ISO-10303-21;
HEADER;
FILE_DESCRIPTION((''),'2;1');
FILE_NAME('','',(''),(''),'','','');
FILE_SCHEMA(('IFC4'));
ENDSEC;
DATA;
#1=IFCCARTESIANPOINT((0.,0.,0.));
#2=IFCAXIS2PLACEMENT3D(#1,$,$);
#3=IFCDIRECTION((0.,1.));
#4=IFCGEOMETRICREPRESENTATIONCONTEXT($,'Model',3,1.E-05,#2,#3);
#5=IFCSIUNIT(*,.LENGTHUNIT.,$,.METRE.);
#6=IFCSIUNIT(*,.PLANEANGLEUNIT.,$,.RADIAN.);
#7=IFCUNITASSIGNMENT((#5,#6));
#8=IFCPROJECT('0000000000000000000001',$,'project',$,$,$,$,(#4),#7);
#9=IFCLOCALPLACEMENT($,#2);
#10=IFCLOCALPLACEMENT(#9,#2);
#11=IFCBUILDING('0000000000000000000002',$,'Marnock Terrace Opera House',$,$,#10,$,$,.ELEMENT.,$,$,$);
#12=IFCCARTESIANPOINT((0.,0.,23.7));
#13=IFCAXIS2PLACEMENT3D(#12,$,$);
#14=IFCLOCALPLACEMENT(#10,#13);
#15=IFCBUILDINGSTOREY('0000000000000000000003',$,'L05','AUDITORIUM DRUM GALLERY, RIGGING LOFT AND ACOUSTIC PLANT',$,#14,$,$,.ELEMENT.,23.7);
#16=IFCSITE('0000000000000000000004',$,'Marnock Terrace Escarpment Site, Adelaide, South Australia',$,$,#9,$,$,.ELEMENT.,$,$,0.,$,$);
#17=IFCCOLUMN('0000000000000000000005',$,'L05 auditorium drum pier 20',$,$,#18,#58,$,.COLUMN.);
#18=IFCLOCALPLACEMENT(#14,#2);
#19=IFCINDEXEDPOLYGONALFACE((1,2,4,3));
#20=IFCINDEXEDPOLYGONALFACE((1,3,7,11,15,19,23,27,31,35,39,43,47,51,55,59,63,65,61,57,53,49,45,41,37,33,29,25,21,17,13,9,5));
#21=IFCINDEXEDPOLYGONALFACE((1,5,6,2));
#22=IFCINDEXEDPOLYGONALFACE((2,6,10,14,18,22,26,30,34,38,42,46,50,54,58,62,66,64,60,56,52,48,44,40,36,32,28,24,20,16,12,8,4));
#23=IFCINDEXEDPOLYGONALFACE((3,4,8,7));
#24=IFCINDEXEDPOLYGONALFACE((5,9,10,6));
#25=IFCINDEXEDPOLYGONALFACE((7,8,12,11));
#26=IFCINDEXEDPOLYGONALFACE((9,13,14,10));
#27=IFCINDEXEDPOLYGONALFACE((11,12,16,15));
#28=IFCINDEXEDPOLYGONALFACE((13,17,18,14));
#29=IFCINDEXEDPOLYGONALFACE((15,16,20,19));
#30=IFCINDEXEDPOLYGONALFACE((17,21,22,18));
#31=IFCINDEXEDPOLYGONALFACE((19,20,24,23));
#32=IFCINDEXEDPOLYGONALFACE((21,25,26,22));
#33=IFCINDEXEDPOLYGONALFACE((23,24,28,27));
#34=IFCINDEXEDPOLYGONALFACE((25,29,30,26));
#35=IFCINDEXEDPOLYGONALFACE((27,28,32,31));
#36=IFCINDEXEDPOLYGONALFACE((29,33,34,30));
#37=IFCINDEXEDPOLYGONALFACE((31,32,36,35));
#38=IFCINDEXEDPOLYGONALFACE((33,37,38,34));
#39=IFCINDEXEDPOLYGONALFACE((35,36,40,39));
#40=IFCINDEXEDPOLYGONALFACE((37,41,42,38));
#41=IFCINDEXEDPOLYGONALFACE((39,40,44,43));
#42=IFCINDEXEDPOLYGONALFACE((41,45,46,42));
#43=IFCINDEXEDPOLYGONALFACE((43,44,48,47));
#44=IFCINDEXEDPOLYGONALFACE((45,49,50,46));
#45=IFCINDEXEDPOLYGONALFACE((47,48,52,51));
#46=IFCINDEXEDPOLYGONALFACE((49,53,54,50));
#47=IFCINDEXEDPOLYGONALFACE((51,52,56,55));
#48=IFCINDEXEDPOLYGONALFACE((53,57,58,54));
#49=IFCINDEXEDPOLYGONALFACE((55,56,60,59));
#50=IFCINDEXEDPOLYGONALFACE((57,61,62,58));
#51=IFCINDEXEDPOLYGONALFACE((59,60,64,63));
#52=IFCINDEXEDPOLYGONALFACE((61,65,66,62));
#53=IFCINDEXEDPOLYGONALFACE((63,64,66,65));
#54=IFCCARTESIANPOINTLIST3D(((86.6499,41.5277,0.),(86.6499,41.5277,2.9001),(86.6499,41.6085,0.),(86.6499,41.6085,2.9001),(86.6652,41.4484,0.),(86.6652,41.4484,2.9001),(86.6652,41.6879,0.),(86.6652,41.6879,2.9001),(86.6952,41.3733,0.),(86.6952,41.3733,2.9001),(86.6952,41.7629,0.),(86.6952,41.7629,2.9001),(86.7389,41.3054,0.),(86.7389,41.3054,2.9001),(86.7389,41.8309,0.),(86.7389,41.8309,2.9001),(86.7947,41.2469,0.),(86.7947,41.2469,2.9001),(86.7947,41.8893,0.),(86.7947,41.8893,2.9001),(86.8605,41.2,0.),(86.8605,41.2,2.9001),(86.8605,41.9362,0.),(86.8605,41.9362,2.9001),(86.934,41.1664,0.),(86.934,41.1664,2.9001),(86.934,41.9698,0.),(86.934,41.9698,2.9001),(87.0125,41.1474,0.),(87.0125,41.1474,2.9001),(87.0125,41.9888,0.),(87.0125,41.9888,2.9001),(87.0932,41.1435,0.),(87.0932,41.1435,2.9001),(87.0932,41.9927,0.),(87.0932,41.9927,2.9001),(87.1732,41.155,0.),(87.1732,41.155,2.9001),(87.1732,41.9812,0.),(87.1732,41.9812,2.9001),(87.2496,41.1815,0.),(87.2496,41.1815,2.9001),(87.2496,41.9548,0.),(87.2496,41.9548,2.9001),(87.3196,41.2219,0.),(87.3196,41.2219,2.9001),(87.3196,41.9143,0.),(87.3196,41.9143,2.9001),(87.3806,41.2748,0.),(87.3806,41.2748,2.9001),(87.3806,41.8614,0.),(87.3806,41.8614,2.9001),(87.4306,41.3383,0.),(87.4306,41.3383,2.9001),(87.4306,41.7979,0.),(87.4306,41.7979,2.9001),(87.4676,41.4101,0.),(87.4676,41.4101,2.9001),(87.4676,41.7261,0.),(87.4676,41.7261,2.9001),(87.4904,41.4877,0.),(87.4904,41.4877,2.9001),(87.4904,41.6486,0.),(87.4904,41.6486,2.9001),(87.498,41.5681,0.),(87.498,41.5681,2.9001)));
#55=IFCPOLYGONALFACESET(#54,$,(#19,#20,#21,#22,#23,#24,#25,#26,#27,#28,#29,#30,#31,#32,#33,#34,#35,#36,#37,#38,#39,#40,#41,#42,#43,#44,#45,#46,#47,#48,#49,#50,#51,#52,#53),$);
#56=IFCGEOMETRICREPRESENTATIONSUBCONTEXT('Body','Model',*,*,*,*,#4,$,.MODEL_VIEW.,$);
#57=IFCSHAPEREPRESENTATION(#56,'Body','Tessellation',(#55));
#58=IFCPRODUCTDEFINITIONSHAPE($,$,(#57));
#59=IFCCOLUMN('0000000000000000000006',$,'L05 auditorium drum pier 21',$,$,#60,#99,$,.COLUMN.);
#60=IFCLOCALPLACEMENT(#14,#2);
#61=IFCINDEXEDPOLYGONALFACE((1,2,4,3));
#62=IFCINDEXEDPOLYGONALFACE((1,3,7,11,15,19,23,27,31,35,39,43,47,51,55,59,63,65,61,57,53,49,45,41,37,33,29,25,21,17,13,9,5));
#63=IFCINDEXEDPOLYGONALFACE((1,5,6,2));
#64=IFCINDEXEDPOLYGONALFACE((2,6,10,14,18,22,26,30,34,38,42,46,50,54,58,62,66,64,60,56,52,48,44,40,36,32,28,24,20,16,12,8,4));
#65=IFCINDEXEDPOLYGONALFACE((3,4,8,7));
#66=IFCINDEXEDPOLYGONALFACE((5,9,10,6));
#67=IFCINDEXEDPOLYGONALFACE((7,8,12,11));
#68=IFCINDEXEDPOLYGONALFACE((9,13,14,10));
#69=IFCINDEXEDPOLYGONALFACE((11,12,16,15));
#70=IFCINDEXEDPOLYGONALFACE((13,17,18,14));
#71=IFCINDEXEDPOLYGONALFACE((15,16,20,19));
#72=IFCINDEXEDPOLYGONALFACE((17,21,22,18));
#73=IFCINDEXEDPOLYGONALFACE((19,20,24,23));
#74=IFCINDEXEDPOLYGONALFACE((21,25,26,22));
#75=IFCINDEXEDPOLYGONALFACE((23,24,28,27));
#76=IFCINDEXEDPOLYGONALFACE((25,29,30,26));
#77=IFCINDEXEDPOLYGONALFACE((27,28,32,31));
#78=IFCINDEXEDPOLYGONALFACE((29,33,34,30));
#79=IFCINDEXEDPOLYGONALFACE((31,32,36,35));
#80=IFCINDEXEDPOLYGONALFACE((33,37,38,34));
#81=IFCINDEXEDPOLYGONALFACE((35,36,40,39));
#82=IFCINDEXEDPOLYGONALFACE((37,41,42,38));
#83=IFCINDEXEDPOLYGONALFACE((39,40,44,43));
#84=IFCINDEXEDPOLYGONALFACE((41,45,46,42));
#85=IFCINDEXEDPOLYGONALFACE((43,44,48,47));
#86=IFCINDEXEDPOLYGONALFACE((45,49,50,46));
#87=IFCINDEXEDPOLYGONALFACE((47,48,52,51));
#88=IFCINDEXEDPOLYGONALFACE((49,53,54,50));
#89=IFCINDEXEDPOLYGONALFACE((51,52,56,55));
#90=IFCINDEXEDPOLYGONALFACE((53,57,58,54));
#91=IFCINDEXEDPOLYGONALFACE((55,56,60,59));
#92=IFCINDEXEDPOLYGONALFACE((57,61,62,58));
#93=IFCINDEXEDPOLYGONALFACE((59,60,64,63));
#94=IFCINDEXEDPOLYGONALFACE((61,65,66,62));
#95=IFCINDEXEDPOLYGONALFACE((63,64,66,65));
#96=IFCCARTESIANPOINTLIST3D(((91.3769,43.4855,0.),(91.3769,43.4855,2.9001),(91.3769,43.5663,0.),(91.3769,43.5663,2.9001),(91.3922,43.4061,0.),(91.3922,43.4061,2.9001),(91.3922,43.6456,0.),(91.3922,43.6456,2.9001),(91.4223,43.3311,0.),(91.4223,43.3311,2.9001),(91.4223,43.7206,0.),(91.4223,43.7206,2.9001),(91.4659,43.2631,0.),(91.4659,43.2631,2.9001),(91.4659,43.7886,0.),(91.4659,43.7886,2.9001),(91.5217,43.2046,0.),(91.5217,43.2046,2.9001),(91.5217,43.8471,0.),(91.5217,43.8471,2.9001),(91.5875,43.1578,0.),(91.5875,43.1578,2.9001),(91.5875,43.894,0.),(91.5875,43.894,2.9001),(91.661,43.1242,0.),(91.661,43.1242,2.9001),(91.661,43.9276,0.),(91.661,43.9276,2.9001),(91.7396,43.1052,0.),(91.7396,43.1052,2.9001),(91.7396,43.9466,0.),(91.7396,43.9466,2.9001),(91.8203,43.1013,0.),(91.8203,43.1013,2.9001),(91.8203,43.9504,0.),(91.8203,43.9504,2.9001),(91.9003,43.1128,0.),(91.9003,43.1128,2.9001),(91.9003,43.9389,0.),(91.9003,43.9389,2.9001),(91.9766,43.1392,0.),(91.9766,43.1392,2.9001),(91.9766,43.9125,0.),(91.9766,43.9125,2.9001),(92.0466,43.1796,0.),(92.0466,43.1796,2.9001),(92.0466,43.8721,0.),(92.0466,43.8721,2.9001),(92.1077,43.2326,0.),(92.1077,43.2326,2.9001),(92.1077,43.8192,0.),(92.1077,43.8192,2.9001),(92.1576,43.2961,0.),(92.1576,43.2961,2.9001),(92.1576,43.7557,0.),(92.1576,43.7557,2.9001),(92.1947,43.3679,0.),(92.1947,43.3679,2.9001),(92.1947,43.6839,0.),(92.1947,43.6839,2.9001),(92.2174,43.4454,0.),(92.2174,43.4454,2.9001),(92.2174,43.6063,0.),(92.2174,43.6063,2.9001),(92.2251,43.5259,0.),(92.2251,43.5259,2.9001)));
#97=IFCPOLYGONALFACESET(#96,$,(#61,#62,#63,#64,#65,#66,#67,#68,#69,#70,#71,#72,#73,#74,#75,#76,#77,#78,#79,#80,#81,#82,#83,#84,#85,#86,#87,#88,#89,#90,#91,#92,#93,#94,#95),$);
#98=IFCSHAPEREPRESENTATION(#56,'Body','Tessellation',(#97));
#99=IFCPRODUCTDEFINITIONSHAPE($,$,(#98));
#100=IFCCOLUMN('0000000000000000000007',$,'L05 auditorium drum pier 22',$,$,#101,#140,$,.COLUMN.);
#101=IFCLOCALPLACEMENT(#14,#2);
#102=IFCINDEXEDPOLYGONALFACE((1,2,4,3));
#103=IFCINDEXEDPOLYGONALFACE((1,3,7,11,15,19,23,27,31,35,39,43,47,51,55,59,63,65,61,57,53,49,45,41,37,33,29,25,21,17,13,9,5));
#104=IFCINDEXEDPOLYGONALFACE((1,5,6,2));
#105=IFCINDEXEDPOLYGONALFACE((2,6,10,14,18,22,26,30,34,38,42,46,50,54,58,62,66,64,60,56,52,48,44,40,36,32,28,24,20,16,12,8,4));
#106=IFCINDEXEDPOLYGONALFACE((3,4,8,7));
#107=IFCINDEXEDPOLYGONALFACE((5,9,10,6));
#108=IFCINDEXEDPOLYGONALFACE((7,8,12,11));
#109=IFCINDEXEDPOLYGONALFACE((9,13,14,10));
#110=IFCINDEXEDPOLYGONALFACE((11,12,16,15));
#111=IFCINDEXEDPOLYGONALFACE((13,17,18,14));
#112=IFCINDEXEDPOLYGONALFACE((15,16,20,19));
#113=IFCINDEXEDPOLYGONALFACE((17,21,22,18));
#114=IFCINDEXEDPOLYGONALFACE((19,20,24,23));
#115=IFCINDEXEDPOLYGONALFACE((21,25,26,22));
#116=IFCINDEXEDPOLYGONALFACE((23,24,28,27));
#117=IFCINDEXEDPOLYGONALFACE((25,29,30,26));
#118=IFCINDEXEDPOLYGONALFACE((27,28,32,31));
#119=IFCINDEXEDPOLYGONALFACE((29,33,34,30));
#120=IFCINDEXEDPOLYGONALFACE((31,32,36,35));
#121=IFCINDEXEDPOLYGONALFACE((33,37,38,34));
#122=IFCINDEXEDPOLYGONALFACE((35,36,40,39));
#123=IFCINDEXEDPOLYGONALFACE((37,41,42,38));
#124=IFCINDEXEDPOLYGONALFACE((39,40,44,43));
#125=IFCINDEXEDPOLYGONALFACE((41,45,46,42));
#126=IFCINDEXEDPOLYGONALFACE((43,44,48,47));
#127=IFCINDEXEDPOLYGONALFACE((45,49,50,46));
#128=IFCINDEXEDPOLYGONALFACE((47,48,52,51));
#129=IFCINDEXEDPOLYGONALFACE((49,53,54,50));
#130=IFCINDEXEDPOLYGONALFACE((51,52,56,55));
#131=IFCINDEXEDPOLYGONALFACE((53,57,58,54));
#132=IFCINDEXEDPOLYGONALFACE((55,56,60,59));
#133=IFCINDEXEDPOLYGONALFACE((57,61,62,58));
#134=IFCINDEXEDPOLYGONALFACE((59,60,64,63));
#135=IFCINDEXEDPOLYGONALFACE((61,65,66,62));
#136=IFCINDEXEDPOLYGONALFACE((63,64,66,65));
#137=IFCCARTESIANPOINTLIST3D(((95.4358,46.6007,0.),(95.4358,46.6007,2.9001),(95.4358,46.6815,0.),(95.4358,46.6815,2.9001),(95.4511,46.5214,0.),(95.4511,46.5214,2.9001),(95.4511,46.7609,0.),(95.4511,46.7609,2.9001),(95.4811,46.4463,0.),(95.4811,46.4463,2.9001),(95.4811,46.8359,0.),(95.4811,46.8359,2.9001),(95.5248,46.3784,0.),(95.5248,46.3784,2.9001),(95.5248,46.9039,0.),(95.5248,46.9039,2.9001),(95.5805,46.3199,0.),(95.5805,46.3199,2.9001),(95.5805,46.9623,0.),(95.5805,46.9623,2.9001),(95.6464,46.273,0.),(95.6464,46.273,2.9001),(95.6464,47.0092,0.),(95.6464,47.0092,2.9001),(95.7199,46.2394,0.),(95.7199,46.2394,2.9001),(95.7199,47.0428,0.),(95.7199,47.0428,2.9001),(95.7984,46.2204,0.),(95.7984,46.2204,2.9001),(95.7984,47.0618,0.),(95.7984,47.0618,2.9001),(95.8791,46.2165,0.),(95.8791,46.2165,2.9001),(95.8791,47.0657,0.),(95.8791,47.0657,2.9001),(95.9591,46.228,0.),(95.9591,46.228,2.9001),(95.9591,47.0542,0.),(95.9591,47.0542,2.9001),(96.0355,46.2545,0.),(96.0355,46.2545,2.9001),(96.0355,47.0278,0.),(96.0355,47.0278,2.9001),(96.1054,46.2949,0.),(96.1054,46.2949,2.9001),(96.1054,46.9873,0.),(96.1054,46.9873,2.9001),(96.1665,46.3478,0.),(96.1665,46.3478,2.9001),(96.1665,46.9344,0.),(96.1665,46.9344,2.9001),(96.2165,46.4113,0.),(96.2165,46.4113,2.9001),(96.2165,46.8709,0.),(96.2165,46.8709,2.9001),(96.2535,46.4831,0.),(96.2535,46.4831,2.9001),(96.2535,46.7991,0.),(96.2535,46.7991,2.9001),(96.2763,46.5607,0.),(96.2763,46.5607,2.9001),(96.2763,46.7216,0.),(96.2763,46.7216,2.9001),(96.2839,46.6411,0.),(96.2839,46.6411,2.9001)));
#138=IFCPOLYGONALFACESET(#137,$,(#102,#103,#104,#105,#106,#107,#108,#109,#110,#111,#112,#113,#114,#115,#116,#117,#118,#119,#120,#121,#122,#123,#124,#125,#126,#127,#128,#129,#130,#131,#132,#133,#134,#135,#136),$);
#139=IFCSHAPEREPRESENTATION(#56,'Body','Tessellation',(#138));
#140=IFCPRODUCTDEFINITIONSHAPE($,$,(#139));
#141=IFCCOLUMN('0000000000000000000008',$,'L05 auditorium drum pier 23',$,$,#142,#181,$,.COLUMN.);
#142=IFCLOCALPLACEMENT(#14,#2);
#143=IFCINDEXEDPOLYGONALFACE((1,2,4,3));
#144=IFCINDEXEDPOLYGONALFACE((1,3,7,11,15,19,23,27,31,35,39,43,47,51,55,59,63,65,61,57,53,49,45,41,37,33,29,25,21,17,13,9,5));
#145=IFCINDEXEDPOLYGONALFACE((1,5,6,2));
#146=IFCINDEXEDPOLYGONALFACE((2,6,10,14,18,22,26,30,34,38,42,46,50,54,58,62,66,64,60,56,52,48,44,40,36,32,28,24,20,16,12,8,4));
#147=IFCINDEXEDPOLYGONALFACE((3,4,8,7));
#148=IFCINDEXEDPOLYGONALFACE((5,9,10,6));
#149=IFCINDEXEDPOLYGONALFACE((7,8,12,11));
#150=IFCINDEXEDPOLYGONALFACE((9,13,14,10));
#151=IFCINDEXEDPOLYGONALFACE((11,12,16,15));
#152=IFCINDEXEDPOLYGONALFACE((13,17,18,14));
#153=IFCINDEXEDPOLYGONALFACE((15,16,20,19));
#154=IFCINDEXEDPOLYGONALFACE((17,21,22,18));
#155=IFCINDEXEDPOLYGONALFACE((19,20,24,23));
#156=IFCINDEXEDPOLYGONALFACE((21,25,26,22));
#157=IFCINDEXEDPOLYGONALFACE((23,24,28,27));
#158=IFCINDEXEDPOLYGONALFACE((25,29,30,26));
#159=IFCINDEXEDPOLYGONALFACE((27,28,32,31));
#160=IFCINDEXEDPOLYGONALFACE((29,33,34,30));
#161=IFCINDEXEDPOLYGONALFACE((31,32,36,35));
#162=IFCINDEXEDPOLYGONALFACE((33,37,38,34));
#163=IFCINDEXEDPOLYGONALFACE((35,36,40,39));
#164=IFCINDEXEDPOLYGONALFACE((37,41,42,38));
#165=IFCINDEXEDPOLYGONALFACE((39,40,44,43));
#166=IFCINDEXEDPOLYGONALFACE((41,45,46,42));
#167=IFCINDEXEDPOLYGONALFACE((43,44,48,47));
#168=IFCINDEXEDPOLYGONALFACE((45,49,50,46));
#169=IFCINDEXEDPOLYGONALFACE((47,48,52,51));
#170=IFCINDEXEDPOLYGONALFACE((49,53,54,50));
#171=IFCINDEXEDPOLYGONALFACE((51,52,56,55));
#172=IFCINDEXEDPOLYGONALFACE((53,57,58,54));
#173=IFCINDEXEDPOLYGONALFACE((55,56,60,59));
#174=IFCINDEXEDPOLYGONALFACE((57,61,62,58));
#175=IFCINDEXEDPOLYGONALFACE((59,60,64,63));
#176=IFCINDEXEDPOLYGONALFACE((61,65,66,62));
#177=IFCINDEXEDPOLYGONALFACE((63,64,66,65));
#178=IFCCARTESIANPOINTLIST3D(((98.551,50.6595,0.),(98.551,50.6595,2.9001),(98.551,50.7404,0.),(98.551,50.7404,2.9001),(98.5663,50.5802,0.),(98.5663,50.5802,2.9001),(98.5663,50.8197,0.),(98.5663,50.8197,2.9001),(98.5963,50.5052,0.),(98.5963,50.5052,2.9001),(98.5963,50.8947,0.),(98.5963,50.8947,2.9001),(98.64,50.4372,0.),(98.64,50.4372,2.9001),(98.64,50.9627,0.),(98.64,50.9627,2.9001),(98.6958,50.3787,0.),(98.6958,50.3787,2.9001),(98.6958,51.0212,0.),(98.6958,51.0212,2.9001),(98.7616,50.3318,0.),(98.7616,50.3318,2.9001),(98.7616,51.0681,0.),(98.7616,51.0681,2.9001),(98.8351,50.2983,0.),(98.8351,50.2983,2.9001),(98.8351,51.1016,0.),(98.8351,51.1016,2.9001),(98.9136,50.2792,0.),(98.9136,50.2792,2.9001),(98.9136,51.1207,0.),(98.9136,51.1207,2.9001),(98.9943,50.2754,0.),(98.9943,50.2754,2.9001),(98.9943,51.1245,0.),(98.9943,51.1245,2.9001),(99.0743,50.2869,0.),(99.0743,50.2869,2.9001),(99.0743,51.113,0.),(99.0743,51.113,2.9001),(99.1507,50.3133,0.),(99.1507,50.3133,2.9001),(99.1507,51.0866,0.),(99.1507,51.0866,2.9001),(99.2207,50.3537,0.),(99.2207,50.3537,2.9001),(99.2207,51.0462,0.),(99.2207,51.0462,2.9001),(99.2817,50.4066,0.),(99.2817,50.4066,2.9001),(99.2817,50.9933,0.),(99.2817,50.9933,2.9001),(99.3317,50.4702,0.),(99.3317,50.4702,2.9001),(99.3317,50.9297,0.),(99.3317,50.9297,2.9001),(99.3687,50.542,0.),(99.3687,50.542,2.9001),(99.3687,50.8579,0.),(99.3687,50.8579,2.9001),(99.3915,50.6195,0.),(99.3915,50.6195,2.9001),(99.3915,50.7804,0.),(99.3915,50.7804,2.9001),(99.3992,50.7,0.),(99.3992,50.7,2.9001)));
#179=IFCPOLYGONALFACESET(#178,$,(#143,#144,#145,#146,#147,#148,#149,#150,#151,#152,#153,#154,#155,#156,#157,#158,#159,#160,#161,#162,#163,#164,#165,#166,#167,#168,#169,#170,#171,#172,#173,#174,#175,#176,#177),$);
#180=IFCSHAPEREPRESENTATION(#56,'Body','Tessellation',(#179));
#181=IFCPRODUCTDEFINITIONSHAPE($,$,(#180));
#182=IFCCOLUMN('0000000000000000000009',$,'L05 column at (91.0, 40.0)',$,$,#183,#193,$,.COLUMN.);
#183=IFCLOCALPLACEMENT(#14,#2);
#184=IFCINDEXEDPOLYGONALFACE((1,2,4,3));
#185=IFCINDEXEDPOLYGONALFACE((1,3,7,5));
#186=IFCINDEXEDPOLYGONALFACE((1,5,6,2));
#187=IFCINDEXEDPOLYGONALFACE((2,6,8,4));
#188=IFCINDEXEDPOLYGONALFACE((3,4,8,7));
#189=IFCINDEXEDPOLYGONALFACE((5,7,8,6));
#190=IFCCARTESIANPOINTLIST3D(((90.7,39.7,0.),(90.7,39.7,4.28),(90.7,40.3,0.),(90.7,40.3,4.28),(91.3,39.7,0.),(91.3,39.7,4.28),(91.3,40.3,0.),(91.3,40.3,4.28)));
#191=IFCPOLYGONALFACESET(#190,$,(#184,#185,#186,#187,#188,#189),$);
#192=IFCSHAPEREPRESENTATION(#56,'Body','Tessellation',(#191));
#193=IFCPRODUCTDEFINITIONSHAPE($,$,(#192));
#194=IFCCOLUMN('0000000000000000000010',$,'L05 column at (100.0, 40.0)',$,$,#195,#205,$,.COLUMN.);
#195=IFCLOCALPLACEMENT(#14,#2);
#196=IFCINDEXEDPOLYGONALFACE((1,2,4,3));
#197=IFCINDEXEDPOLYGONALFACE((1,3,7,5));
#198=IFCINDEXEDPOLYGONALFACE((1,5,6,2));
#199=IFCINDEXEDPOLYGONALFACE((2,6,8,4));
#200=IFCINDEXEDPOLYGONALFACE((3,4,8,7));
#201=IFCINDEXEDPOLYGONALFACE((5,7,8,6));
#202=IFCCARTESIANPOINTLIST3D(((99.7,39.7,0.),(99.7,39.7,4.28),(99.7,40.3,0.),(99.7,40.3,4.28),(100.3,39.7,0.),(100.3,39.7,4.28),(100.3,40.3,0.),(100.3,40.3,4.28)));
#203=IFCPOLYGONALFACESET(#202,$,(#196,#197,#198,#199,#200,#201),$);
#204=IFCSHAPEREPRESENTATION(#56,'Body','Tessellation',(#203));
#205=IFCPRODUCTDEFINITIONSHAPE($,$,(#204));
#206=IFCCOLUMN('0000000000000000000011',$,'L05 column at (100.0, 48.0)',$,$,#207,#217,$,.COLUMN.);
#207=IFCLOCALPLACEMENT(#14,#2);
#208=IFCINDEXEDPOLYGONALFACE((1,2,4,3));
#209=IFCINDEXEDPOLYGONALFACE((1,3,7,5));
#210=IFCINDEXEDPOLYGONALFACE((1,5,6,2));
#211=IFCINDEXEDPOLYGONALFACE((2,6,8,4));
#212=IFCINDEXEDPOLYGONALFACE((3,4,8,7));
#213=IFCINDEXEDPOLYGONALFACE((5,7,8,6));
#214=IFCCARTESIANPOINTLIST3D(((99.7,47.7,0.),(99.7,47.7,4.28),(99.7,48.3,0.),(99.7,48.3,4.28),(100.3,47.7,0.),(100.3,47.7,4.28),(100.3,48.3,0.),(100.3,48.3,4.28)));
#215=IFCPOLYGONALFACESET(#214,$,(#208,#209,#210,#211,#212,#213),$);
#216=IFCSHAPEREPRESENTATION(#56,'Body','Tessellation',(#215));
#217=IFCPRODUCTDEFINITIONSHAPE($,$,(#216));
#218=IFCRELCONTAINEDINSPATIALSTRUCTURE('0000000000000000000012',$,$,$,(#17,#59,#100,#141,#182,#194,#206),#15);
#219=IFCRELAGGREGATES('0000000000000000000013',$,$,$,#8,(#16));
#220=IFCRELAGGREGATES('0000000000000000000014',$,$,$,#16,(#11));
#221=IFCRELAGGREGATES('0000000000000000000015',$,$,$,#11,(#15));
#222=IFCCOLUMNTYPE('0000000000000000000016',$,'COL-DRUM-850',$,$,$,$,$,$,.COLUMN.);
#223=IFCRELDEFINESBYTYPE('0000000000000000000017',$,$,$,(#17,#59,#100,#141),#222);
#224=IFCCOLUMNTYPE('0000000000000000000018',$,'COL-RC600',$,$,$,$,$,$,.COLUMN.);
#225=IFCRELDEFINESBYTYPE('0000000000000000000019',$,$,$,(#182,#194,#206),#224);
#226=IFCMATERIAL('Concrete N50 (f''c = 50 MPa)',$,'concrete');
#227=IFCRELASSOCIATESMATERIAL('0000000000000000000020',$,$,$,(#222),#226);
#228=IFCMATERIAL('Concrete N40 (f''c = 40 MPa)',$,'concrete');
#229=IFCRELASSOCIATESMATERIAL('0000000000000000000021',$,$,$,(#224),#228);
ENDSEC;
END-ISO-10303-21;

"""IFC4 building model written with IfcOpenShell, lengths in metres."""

from ifc_helpers import new_model, si_unit, direction, frame, origin, origin_2d, place, context, subcontext, project, spatial, rectangle, circle, extrude, material, material_profile, profile_set, type_object, element, save


model = new_model("IFC4")

# Units and contexts
model_context = context("Model", 3, precision=1e-05, world=origin(), true_north=direction((0.0, 1.0)))
body_context = subcontext(model_context, "Body", "Model", "MODEL_VIEW")
ifc_project = project(units=[si_unit("LENGTHUNIT", "METRE"), si_unit("PLANEANGLEUNIT", "RADIAN")], contexts=[model_context])

# Site, building, storey
site_placement = place(None, origin())
site = spatial("IfcSite", under=ifc_project, at=site_placement, Name="Marnock Terrace Escarpment Site, Adelaide, South Australia", CompositionType="ELEMENT", RefElevation=0.0)
building_placement = place(site_placement, origin())
building = spatial("IfcBuilding", under=site, at=building_placement, Name="Marnock Terrace Opera House", CompositionType="ELEMENT")
storey_placement = place(building_placement, frame((0.0, 0.0, 23.7)))
storey = spatial("IfcBuildingStorey", under=building, at=storey_placement, Name="L05", Description="AUDITORIUM DRUM GALLERY, RIGGING LOFT AND ACOUSTIC PLANT", CompositionType="ELEMENT", Elevation=23.7)

# Columns
ifc_material_1 = material(Name="Concrete N50 (f'c = 50 MPa)", Category="concrete")
ifc_material_profile_1 = material_profile(ifc_material_1, circle(Radius=0.425, at=origin_2d()))
ifc_profile_set_1 = profile_set([ifc_material_profile_1], Name="Concrete N50 (f'c = 50 MPa)")
column_type_1 = type_object("IfcColumnType", Name="COL-DRUM-850", PredefinedType="COLUMN", material=ifc_profile_set_1)
for number, where, z_axis, x_axis, name in (
    (1, (87.073, 41.5681, 0.0), (0.0, 0.0, 1.0), (1.0, 0.0, 0.0), "L05 auditorium drum pier 20"),
    (2, (91.8, 43.5259, 0.0), (0.0, 0.0, 1.0), (1.0, 0.0, 0.0), "L05 auditorium drum pier 21"),
    (3, (95.8589, 46.6411, 0.0), (0.0, 0.0, 1.0), (1.0, 0.0, 0.0), "L05 auditorium drum pier 22"),
    (4, (98.9741, 50.7, 0.0), (0.0, 0.0, 1.0), (1.0, 0.0, 0.0), "L05 auditorium drum pier 23"),
):
    element("IfcColumn", number, at=place(storey_placement, frame(where, z_axis=z_axis, x_axis=x_axis)), inside=storey, type_object=column_type_1, Name=name, PredefinedType="COLUMN", context=body_context, shape_type="SweptSolid", body=[
        extrude(circle(Radius=0.425, at=origin_2d()), origin(), (0.0, 0.0, 1.0), 2.9001),
    ])
ifc_material_2 = material(Name="Concrete N40 (f'c = 40 MPa)", Category="concrete")
ifc_material_profile_2 = material_profile(ifc_material_2, rectangle(XDim=0.6001, YDim=0.6001, at=origin_2d()))
ifc_profile_set_2 = profile_set([ifc_material_profile_2], Name="Concrete N40 (f'c = 40 MPa)")
column_type_2 = type_object("IfcColumnType", Name="COL-RC600", PredefinedType="COLUMN", material=ifc_profile_set_2)
for number, where, z_axis, x_axis, name in (
    (5, (91.0, 40.0, 0.0), (0.0, 0.0, 1.0), (1.0, 0.0, 0.0), "L05 column at (91.0, 40.0)"),
    (6, (100.0, 40.0, 0.0), (0.0, 0.0, 1.0), (1.0, 0.0, 0.0), "L05 column at (100.0, 40.0)"),
    (7, (100.0, 48.0, 0.0), (0.0, 0.0, 1.0), (1.0, 0.0, 0.0), "L05 column at (100.0, 48.0)"),
):
    element("IfcColumn", number, at=place(storey_placement, frame(where, z_axis=z_axis, x_axis=x_axis)), inside=storey, type_object=column_type_2, Name=name, PredefinedType="COLUMN", context=body_context, shape_type="SweptSolid", body=[
        extrude(rectangle(XDim=0.6001, YDim=0.6001, at=origin_2d()), origin(), (0.0, 0.0, 1.0), 4.28),
    ])

save(model, "model.ifc")
